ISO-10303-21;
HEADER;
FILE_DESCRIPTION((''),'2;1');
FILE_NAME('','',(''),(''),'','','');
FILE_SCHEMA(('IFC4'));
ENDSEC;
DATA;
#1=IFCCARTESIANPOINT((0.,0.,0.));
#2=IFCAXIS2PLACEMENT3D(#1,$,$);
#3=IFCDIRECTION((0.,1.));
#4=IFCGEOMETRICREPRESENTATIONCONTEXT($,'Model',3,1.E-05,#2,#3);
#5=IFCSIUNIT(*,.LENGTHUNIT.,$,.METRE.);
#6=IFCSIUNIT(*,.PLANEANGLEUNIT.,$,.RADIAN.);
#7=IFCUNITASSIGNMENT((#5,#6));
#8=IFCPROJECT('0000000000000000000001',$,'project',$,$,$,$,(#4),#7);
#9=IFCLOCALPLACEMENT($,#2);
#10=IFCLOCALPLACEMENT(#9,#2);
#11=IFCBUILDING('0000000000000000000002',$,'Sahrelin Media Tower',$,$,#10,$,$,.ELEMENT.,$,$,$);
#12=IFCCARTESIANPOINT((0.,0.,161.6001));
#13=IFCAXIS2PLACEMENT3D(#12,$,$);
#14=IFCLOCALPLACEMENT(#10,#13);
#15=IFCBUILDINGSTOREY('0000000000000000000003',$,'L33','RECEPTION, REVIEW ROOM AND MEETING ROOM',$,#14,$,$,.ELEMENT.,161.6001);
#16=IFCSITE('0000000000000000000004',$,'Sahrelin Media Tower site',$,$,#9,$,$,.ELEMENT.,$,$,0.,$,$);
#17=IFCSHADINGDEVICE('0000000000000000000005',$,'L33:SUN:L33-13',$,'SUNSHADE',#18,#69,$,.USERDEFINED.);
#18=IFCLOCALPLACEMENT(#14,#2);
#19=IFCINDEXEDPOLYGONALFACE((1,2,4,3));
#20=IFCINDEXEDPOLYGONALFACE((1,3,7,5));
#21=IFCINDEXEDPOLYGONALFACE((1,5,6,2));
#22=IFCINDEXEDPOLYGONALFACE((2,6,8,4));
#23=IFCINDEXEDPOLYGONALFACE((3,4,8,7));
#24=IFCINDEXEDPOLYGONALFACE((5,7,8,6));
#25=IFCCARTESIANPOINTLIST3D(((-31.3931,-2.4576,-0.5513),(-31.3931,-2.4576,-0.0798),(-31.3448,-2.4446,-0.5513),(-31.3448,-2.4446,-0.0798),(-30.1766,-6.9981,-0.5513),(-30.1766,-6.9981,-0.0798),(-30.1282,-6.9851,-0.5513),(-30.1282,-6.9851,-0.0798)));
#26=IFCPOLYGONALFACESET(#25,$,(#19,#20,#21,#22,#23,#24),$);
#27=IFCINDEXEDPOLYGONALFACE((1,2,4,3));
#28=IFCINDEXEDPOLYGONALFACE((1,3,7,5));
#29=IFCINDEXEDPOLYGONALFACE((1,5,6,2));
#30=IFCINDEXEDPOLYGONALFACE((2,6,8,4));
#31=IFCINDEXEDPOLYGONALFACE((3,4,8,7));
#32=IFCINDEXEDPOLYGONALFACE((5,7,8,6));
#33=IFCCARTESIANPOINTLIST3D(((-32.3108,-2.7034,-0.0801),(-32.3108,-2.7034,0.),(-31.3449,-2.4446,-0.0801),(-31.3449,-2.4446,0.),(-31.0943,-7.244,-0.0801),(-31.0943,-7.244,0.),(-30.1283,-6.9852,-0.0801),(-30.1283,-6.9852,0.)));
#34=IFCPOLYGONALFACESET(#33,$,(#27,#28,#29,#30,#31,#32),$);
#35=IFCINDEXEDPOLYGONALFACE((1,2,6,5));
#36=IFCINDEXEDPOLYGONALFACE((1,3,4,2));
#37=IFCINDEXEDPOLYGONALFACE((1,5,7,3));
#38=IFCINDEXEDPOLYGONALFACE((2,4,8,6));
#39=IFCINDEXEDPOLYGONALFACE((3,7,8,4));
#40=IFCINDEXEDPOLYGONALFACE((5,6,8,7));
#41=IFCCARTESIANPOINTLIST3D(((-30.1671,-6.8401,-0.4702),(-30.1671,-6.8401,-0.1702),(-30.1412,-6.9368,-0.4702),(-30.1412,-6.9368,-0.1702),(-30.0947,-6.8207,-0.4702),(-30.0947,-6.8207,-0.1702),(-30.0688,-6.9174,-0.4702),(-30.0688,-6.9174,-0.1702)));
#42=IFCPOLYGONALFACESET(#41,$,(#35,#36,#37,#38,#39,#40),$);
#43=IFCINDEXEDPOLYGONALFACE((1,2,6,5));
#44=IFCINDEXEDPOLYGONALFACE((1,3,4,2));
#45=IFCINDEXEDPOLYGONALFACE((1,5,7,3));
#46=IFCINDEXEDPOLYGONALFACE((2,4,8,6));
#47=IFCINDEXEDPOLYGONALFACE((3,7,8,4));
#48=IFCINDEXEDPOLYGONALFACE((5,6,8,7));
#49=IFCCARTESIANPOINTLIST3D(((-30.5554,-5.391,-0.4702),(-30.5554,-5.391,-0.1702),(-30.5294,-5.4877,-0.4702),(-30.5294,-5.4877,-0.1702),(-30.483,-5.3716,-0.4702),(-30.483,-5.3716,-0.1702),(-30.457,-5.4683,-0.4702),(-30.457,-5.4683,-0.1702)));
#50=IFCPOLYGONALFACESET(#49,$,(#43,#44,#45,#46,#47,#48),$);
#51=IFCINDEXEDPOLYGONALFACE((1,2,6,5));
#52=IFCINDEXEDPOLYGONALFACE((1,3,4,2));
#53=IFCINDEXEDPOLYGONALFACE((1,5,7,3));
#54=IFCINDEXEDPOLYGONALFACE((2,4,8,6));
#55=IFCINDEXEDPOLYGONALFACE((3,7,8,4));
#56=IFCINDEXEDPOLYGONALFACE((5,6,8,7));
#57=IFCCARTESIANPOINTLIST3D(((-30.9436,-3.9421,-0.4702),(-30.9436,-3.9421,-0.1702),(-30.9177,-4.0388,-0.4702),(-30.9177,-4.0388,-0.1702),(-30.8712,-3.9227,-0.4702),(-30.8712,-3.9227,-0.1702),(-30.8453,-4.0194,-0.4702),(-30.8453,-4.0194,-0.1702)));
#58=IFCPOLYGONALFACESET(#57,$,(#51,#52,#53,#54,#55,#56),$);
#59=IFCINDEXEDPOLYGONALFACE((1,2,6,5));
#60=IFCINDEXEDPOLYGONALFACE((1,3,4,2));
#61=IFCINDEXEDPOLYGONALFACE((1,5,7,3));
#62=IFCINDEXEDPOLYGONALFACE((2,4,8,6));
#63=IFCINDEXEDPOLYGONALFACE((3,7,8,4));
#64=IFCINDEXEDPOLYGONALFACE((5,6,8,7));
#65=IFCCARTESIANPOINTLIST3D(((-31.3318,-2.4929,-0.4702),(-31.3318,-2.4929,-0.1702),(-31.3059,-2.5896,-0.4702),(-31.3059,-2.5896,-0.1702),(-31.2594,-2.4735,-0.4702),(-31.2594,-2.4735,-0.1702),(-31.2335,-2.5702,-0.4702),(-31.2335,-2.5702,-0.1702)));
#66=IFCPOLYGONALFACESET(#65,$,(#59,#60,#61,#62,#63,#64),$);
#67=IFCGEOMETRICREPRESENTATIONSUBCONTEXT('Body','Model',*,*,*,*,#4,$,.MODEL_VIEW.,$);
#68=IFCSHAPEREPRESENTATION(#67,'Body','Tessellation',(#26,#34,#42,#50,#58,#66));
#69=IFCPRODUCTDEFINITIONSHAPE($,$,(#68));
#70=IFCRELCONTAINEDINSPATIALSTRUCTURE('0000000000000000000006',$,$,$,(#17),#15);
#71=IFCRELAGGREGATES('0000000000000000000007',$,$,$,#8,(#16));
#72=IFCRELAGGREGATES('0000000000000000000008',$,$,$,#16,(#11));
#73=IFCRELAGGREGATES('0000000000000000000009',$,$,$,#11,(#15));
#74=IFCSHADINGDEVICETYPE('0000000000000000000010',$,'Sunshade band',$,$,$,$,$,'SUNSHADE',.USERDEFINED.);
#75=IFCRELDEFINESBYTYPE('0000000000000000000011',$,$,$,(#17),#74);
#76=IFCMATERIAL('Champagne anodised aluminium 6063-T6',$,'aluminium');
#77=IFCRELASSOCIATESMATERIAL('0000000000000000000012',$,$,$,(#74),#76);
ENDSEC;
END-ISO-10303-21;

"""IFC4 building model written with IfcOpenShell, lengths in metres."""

from ifc_helpers import new_model, si_unit, direction, frame, origin, origin_2d, place, context, subcontext, project, spatial, rectangle, extrude, material, type_object, element, save


model = new_model("IFC4")

# Units and contexts
model_context = context("Model", 3, precision=1e-05, world=origin(), true_north=direction((0.0, 1.0)))
body_context = subcontext(model_context, "Body", "Model", "MODEL_VIEW")
ifc_project = project(units=[si_unit("LENGTHUNIT", "METRE"), si_unit("PLANEANGLEUNIT", "RADIAN")], contexts=[model_context])

# Site, building, storey
site_placement = place(None, origin())
site = spatial("IfcSite", under=ifc_project, at=site_placement, Name="Sahrelin Media Tower site", CompositionType="ELEMENT", RefElevation=0.0)
building_placement = place(site_placement, origin())
building = spatial("IfcBuilding", under=site, at=building_placement, Name="Sahrelin Media Tower", CompositionType="ELEMENT")
storey_placement = place(building_placement, frame((0.0, 0.0, 161.6001)))
storey = spatial("IfcBuildingStorey", under=building, at=storey_placement, Name="L33", Description="RECEPTION, REVIEW ROOM AND MEETING ROOM", CompositionType="ELEMENT", Elevation=161.6001)

# Shared definitions
ifc_material_1 = material(Name="Champagne anodised aluminium 6063-T6", Category="aluminium")

# Shading device
placement_1 = place(storey_placement, frame((-30.7173, -4.7097, 0.0), z_axis=(0.0, 0.0, 1.0), x_axis=(-0.258808, 0.965929, 0.0)))
shading_device_type_1 = type_object("IfcShadingDeviceType", Name="Sunshade band", ElementType="SUNSHADE", PredefinedType="USERDEFINED", material=ifc_material_1)
element("IfcShadingDevice", 1, at=placement_1, inside=storey, type_object=shading_device_type_1, Name="L33:SUN:L33-13", ObjectType="SUNSHADE", PredefinedType="USERDEFINED", context=body_context, shape_type="SweptSolid", body=[
    extrude(rectangle(XDim=4.7007, YDim=0.05, at=origin_2d()), frame((0.0, 0.0449, -0.5513)), (0.0, 0.0, 1.0), 0.4714),
    extrude(rectangle(XDim=4.7007, YDim=1.0, at=origin_2d()), frame((0.0, 0.52, -0.0801)), (0.0, 0.0, 1.0), 0.0801),
    extrude(rectangle(XDim=0.1001, YDim=0.075, at=origin_2d()), frame((-2.2502, -0.0176, -0.4702)), (0.0, 0.0, 1.0), 0.3),
    extrude(rectangle(XDim=0.1001, YDim=0.075, at=origin_2d()), frame((-0.75, -0.0176, -0.4702)), (0.0, 0.0, 1.0), 0.3),
    extrude(rectangle(XDim=0.1001, YDim=0.075, at=origin_2d()), frame((0.75, -0.0176, -0.4702)), (0.0, 0.0, 1.0), 0.3),
    extrude(rectangle(XDim=0.1001, YDim=0.075, at=origin_2d()), frame((2.2502, -0.0176, -0.4702)), (0.0, 0.0, 1.0), 0.3),
])

save(model, "model.ifc")
